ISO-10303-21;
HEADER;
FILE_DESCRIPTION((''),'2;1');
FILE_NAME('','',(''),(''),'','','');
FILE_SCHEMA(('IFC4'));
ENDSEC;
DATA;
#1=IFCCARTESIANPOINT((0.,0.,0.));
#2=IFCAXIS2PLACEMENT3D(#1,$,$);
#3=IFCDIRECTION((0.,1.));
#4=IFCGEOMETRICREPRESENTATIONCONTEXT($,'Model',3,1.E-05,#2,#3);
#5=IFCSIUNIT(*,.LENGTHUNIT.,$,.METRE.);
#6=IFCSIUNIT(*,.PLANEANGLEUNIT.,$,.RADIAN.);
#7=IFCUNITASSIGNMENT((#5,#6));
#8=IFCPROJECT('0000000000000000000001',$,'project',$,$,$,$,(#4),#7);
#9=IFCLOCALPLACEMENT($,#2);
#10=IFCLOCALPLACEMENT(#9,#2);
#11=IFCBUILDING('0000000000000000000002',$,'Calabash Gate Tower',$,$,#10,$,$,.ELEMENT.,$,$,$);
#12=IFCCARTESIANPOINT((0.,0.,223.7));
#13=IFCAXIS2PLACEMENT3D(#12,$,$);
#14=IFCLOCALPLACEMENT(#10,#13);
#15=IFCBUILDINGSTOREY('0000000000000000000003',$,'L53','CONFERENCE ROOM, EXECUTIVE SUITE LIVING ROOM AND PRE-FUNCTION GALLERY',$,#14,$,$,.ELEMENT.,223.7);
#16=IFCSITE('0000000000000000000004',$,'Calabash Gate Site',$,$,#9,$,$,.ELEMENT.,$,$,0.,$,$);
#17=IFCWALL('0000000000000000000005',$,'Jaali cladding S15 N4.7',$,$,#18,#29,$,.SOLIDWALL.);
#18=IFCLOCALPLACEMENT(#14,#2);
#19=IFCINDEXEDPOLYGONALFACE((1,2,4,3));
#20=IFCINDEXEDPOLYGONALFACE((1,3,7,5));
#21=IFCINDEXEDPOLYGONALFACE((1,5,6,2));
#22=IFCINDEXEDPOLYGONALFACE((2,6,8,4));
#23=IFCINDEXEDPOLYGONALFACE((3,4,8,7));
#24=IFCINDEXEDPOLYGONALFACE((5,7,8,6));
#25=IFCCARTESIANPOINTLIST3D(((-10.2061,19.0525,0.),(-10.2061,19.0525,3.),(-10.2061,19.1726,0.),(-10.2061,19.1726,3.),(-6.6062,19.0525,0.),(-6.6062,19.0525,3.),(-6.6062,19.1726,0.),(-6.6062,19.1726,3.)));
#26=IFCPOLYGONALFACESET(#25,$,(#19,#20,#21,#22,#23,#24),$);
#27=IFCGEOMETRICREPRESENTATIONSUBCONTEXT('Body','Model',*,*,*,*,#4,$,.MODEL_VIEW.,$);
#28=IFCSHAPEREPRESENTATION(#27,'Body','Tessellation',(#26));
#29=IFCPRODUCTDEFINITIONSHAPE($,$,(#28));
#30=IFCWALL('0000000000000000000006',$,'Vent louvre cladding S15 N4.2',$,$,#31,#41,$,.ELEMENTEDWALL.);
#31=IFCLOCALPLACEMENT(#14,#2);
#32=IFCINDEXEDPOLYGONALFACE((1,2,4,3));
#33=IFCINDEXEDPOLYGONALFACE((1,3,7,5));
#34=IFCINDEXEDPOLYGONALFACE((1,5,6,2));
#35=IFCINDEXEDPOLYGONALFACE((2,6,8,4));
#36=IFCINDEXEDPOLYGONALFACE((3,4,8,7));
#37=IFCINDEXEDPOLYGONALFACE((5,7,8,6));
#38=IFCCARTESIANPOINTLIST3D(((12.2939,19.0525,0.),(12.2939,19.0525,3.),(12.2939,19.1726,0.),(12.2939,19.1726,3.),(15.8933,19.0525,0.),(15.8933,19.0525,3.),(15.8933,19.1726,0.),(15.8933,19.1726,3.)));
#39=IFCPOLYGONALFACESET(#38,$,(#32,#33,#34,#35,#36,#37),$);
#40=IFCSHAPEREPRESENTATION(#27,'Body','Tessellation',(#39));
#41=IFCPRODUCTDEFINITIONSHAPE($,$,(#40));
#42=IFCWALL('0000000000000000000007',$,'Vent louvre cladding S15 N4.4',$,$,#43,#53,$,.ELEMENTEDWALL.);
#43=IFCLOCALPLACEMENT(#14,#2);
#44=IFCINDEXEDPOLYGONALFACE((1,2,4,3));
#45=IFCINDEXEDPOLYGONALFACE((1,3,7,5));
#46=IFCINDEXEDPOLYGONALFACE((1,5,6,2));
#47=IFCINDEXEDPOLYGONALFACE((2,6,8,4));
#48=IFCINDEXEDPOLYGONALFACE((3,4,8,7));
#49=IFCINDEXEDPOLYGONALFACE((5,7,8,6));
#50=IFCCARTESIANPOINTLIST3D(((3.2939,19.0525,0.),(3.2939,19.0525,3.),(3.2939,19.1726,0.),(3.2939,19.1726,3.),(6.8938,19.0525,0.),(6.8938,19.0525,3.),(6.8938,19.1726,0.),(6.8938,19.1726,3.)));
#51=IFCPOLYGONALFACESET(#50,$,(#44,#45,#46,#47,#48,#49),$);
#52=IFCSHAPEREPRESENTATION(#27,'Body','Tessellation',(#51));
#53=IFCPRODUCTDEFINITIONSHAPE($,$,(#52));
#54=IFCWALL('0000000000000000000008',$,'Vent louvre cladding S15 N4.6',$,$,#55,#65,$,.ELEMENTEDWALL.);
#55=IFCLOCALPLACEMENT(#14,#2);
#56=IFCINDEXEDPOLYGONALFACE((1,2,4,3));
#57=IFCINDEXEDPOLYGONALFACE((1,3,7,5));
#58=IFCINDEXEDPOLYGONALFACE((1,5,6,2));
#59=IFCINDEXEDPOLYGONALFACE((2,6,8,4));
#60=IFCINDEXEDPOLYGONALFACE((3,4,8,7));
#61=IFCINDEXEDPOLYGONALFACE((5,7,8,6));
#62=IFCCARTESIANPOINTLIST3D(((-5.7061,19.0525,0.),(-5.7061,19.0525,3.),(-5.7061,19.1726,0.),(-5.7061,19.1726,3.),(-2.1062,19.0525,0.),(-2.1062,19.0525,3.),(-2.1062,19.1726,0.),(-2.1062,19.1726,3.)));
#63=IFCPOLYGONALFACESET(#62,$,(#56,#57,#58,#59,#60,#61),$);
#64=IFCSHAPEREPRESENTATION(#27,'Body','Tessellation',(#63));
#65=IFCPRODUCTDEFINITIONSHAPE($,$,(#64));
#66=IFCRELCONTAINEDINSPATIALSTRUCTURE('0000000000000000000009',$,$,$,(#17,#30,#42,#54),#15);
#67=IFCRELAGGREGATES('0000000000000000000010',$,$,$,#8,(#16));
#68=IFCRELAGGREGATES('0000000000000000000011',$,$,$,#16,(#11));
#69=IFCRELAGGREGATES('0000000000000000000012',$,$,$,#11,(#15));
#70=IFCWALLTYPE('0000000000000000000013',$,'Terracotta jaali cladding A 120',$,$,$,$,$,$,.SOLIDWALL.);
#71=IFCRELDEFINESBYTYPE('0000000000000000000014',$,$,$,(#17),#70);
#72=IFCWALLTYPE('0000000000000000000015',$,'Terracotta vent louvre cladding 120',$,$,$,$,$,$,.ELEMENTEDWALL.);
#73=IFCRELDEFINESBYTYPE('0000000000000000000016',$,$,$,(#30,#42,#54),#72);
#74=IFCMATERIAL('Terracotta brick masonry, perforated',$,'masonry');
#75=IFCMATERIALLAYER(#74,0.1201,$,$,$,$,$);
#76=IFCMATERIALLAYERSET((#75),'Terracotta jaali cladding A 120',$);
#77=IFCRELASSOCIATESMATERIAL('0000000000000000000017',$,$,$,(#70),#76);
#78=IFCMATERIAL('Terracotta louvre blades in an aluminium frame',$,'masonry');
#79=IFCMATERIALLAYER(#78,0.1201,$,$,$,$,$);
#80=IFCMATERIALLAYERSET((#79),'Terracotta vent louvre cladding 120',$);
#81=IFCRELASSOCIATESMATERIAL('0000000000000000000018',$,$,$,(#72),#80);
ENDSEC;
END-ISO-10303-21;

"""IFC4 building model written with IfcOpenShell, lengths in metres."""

from ifc_helpers import new_model, si_unit, direction, frame, origin, place, context, subcontext, project, spatial, polyline, outline, extrude, material, layer, layer_set, type_object, element, save


model = new_model("IFC4")

# Units and contexts
model_context = context("Model", 3, precision=1e-05, world=origin(), true_north=direction((0.0, 1.0)))
body_context = subcontext(model_context, "Body", "Model", "MODEL_VIEW")
ifc_project = project(units=[si_unit("LENGTHUNIT", "METRE"), si_unit("PLANEANGLEUNIT", "RADIAN")], contexts=[model_context])

# Site, building, storey
site_placement = place(None, origin())
site = spatial("IfcSite", under=ifc_project, at=site_placement, Name="Calabash Gate Site", CompositionType="ELEMENT", RefElevation=0.0)
building_placement = place(site_placement, origin())
building = spatial("IfcBuilding", under=site, at=building_placement, Name="Calabash Gate Tower", CompositionType="ELEMENT")
storey_placement = place(building_placement, frame((0.0, 0.0, 223.7)))
storey = spatial("IfcBuildingStorey", under=building, at=storey_placement, Name="L53", Description="CONFERENCE ROOM, EXECUTIVE SUITE LIVING ROOM AND PRE-FUNCTION GALLERY", CompositionType="ELEMENT", Elevation=223.7)

# Walls
ifc_material_1 = material(Name="Terracotta brick masonry, perforated", Category="masonry")
ifc_layer_1 = layer(ifc_material_1, 0.1201)
ifc_layer_set_1 = layer_set([ifc_layer_1], Name="Terracotta jaali cladding A 120")
wall_type_1 = type_object("IfcWallType", Name="Terracotta jaali cladding A 120", PredefinedType="SOLIDWALL", material=ifc_layer_set_1)
wall_1_placement = place(storey_placement, origin())
element("IfcWall", 1, at=wall_1_placement, inside=storey, type_object=wall_type_1, Name="Jaali cladding S15 N4.7", PredefinedType="SOLIDWALL", context=body_context, shape_type="SweptSolid", body=[
    extrude(outline(polyline([(-10.2061, 19.1726), (-10.2061, 19.0525), (-6.6062, 19.0525), (-6.6062, 19.1726), (-10.2061, 19.1726)])), origin(), (0.0, 0.0, 1.0), 3.0),
])
ifc_material_2 = material(Name="Terracotta louvre blades in an aluminium frame", Category="masonry")
ifc_layer_2 = layer(ifc_material_2, 0.1201)
ifc_layer_set_2 = layer_set([ifc_layer_2], Name="Terracotta vent louvre cladding 120")
wall_type_2 = type_object("IfcWallType", Name="Terracotta vent louvre cladding 120", PredefinedType="ELEMENTEDWALL", material=ifc_layer_set_2)
wall_2_placement = place(storey_placement, origin())
element("IfcWall", 2, at=wall_2_placement, inside=storey, type_object=wall_type_2, Name="Vent louvre cladding S15 N4.2", PredefinedType="ELEMENTEDWALL", context=body_context, shape_type="SweptSolid", body=[
    extrude(outline(polyline([(12.2939, 19.1726), (12.2939, 19.0525), (15.8933, 19.0525), (15.8933, 19.1726), (12.2939, 19.1726)])), origin(), (0.0, 0.0, 1.0), 3.0),
])
wall_3_placement = place(storey_placement, origin())
element("IfcWall", 3, at=wall_3_placement, inside=storey, type_object=wall_type_2, Name="Vent louvre cladding S15 N4.4", PredefinedType="ELEMENTEDWALL", context=body_context, shape_type="SweptSolid", body=[
    extrude(outline(polyline([(3.2939, 19.1726), (3.2939, 19.0525), (6.8938, 19.0525), (6.8938, 19.1726), (3.2939, 19.1726)])), origin(), (0.0, 0.0, 1.0), 3.0),
])
wall_4_placement = place(storey_placement, origin())
element("IfcWall", 4, at=wall_4_placement, inside=storey, type_object=wall_type_2, Name="Vent louvre cladding S15 N4.6", PredefinedType="ELEMENTEDWALL", context=body_context, shape_type="SweptSolid", body=[
    extrude(outline(polyline([(-5.7061, 19.1726), (-5.7061, 19.0525), (-2.1062, 19.0525), (-2.1062, 19.1726), (-5.7061, 19.1726)])), origin(), (0.0, 0.0, 1.0), 3.0),
])

save(model, "model.ifc")
